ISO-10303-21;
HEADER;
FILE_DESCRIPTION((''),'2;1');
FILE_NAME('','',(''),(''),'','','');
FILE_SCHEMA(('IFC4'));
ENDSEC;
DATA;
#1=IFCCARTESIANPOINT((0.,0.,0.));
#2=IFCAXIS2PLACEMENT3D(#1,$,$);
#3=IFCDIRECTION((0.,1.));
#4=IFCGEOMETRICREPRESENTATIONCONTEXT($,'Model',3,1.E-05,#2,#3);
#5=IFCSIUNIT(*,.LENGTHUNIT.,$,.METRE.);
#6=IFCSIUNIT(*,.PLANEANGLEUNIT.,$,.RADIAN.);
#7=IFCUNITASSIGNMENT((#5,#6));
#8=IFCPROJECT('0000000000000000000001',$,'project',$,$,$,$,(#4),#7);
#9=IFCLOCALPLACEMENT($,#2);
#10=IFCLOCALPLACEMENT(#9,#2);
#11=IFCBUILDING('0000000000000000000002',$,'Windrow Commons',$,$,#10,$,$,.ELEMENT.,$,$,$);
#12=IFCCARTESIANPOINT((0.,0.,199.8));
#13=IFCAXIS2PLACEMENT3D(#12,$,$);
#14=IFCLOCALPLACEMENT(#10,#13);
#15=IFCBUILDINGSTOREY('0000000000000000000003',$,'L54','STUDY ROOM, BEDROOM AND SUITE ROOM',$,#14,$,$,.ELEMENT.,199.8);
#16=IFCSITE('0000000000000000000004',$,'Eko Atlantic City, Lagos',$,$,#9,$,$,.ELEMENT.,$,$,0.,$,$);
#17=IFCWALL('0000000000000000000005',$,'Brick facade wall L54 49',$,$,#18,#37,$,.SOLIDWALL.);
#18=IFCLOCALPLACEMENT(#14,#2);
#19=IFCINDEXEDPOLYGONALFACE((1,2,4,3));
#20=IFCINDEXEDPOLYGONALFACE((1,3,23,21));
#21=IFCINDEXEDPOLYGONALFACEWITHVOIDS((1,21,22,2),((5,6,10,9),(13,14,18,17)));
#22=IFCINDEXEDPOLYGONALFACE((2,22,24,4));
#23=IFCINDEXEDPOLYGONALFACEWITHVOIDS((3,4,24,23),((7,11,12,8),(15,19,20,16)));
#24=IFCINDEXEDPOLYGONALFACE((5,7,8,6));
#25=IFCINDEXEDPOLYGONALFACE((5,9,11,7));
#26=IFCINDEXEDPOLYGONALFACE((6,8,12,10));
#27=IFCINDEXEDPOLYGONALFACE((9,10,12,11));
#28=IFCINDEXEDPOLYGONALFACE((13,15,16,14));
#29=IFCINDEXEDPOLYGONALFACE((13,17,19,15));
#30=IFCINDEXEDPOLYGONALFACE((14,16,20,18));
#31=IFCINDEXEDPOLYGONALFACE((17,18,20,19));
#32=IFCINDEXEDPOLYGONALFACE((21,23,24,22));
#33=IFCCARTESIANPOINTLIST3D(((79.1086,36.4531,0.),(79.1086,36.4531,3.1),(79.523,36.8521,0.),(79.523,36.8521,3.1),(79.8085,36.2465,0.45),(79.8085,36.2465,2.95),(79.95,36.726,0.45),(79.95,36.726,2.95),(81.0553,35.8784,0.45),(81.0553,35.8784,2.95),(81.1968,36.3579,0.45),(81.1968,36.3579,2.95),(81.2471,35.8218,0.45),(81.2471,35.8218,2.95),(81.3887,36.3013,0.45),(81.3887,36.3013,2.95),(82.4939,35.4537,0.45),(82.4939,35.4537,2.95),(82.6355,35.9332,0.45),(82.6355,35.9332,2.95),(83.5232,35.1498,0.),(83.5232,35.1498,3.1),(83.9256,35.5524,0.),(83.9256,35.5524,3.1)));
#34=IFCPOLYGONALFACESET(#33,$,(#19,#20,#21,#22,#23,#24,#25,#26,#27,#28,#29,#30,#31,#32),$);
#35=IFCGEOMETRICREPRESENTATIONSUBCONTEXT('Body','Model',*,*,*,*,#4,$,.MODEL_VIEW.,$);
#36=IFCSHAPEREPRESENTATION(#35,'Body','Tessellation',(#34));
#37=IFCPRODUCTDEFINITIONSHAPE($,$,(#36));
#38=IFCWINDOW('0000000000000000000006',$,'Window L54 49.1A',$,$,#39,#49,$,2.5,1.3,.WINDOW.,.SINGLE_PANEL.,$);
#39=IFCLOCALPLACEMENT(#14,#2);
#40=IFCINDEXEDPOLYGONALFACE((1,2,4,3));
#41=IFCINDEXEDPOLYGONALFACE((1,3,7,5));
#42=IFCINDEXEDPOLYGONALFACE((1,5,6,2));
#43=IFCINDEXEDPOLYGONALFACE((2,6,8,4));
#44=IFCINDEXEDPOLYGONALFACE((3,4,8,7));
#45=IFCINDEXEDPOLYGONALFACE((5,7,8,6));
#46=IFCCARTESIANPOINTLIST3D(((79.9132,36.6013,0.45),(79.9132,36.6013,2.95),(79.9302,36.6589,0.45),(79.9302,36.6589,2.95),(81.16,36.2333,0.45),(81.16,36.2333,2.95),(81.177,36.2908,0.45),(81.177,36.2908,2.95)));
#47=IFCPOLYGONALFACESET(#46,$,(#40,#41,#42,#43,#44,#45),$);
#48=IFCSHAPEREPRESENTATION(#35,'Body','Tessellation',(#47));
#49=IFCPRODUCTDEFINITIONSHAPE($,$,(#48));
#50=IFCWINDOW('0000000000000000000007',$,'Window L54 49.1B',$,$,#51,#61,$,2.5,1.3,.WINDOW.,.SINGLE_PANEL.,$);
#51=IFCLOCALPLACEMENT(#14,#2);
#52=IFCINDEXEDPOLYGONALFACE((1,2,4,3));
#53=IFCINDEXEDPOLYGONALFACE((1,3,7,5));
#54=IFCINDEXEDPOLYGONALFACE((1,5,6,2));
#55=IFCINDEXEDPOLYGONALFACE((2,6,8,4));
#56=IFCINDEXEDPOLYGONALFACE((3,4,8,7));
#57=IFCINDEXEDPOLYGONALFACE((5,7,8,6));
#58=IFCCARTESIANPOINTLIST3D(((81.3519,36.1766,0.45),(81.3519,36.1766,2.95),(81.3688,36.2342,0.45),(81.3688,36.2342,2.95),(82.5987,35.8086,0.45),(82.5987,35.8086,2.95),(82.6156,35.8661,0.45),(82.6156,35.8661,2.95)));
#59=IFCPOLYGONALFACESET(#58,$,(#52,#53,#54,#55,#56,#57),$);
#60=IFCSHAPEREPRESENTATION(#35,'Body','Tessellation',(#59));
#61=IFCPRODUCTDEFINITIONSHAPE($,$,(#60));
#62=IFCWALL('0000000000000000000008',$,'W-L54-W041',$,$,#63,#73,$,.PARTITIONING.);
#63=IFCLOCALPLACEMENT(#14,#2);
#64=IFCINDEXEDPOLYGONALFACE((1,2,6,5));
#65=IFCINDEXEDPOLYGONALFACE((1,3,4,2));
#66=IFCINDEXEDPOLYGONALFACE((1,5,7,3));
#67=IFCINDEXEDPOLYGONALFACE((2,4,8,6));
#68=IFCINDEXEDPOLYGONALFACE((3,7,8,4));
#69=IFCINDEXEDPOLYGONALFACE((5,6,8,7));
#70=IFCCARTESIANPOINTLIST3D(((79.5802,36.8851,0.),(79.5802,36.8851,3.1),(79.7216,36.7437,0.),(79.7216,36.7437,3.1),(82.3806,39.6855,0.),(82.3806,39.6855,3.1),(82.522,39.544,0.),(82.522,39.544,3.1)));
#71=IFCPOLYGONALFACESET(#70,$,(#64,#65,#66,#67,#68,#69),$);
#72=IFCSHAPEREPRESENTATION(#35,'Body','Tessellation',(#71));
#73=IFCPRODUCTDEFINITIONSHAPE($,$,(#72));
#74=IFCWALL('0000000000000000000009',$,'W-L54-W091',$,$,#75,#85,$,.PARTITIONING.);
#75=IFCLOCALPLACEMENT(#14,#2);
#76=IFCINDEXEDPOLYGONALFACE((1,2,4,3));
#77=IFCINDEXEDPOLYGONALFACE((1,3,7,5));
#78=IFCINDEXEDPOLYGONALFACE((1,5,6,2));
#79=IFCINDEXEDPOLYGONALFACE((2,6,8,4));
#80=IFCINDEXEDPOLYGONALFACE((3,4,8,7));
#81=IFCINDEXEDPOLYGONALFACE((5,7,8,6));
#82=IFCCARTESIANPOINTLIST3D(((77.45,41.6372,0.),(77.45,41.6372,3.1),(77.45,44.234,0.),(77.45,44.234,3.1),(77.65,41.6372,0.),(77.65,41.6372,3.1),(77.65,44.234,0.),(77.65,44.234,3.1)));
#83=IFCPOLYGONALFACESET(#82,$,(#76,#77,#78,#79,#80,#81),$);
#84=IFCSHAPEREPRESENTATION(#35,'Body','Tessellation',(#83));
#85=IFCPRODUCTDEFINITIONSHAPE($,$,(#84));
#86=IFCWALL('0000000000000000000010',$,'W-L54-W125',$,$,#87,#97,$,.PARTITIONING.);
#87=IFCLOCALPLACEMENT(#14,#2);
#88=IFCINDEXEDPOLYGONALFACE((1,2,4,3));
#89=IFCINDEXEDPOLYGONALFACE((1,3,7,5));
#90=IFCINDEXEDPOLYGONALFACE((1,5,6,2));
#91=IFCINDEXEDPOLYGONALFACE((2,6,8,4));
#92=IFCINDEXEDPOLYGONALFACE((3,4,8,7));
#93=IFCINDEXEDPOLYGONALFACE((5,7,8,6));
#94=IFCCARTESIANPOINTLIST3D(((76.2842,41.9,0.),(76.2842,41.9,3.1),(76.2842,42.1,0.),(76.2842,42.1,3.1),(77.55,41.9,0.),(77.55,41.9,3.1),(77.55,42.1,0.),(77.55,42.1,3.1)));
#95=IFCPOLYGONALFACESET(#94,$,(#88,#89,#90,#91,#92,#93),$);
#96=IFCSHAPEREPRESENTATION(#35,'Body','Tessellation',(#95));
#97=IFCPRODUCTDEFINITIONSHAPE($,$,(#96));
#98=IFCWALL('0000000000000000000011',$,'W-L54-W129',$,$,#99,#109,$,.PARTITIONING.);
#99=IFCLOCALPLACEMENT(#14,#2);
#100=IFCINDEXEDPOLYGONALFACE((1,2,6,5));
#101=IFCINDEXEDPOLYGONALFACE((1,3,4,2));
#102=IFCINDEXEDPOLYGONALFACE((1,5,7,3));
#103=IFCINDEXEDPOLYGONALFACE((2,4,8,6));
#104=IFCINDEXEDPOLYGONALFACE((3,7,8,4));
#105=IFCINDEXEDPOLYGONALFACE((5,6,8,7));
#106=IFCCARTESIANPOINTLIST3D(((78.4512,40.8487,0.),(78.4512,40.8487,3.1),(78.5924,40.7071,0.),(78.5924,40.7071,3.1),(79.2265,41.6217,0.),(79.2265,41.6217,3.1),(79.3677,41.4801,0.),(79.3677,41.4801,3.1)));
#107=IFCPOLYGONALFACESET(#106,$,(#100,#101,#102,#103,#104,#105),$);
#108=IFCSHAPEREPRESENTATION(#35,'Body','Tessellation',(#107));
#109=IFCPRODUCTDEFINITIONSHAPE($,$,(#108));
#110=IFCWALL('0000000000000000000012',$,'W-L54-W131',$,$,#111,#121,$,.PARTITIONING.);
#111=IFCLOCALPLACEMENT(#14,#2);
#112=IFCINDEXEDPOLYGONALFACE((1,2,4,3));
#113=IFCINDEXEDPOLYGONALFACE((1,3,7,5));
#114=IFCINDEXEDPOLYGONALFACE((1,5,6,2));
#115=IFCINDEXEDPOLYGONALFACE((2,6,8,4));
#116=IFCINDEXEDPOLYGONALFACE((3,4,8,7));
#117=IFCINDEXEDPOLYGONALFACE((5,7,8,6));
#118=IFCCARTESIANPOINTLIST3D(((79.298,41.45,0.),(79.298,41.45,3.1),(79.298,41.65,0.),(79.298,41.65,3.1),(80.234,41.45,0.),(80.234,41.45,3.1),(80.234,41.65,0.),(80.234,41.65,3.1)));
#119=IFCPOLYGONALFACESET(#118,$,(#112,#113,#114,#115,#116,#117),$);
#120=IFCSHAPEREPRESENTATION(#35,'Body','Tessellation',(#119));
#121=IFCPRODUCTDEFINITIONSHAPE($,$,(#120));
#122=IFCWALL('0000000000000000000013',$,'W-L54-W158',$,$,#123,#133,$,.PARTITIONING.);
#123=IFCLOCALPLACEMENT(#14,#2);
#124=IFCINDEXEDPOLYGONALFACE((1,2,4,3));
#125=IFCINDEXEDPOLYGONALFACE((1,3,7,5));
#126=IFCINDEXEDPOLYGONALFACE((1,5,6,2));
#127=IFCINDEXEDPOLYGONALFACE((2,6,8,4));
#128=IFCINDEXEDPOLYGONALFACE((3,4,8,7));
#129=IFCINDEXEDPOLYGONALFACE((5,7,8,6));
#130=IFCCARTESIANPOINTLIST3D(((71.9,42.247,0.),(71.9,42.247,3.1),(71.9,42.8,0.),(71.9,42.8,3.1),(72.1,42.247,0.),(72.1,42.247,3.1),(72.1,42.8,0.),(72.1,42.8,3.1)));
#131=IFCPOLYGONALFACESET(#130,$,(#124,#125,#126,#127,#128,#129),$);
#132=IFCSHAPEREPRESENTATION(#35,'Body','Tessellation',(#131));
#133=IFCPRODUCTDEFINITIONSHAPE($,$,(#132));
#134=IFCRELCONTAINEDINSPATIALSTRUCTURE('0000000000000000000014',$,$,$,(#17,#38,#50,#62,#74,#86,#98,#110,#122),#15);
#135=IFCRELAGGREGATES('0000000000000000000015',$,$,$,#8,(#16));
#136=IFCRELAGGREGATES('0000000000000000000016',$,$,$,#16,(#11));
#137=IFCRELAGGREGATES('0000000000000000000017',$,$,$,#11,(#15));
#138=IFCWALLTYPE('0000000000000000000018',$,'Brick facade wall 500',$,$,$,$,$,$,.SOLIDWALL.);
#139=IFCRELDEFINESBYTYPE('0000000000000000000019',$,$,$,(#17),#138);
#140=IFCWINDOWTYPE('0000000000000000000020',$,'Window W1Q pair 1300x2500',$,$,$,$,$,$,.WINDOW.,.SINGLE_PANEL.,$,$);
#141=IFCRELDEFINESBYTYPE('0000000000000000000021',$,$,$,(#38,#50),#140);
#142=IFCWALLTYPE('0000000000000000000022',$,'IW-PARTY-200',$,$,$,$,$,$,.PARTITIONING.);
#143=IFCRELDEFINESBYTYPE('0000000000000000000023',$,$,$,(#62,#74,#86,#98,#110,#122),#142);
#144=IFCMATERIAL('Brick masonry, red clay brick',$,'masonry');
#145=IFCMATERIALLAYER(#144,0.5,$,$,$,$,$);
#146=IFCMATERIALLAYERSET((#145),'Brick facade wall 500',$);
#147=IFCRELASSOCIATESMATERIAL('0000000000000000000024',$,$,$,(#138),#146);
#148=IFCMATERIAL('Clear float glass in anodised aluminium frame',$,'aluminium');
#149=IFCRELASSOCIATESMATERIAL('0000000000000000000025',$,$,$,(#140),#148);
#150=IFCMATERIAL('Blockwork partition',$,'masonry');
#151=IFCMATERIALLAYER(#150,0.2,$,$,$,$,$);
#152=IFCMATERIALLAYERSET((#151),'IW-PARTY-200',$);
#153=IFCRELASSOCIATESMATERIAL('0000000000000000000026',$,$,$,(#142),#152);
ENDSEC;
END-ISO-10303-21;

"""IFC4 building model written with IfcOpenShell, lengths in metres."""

from ifc_helpers import new_model, si_unit, direction, frame, frame_2d, origin, place, context, subcontext, project, spatial, polyline, rectangle, outline, extrude, material, layer, layer_set, type_object, element, fill, save


model = new_model("IFC4")

# Units and contexts
model_context = context("Model", 3, precision=1e-05, world=origin(), true_north=direction((0.0, 1.0)))
body_context = subcontext(model_context, "Body", "Model", "MODEL_VIEW")
ifc_project = project(units=[si_unit("LENGTHUNIT", "METRE"), si_unit("PLANEANGLEUNIT", "RADIAN")], contexts=[model_context])

# Site, building, storey
site_placement = place(None, origin())
site = spatial("IfcSite", under=ifc_project, at=site_placement, Name="Eko Atlantic City, Lagos", CompositionType="ELEMENT", RefElevation=0.0)
building_placement = place(site_placement, origin())
building = spatial("IfcBuilding", under=site, at=building_placement, Name="Windrow Commons", CompositionType="ELEMENT")
storey_placement = place(building_placement, frame((0.0, 0.0, 199.8)))
storey = spatial("IfcBuildingStorey", under=building, at=storey_placement, Name="L54", Description="STUDY ROOM, BEDROOM AND SUITE ROOM", CompositionType="ELEMENT", Elevation=199.8)

# Shared definitions
ifc_material_1 = material(Name="Brick masonry, red clay brick", Category="masonry")
ifc_layer_1 = layer(ifc_material_1, 0.5)
ifc_layer_set_1 = layer_set([ifc_layer_1], Name="Brick facade wall 500")
wall_type_1 = type_object("IfcWallType", Name="Brick facade wall 500", PredefinedType="SOLIDWALL", material=ifc_layer_set_1)

# Wall, openings, windows
wall_1_placement = place(storey_placement, frame((79.3158, 36.6526, 0.0), z_axis=(0.0, 0.0, 1.0), x_axis=(0.959079, -0.283138, 0.0)))
wall_1 = element("IfcWall", 1, at=wall_1_placement, inside=storey, type_object=wall_type_1, Name="Brick facade wall L54 49", PredefinedType="SOLIDWALL", context=body_context, shape_type="SweptSolid", body=[
    extrude(outline(polyline([(-0.1422, -0.25), (4.4607, -0.25), (4.7327, 0.25), (0.1422, 0.25), (-0.1422, -0.25)])), origin(), (0.0, 0.0, 1.0), 3.1),
])
opening_1_placement = place(wall_1_placement, frame((0.5875, 0.0, 0.45)))
opening_1 = element("IfcOpeningElement", 2, at=opening_1_placement, cuts=wall_1, PredefinedType="OPENING", context=body_context, shape_type="SweptSolid", body=[
    extrude(rectangle(XDim=1.3, YDim=2.5, at=frame_2d((0.65, 1.25))), frame((0.0, 0.26, 0.0), z_axis=(0.0, -1.0, 0.0), x_axis=(1.0, 0.0, 0.0)), (0.0, 0.0, 1.0), 0.52),
])
opening_2_placement = place(wall_1_placement, frame((2.0875, 0.0, 0.45)))
opening_2 = element("IfcOpeningElement", 3, at=opening_2_placement, cuts=wall_1, PredefinedType="OPENING", context=body_context, shape_type="SweptSolid", body=[
    extrude(rectangle(XDim=1.3, YDim=2.5, at=frame_2d((0.65, 1.25))), frame((0.0, 0.26, 0.0), z_axis=(0.0, -1.0, 0.0), x_axis=(1.0, 0.0, 0.0)), (0.0, 0.0, 1.0), 0.52),
])
ifc_material_2 = material(Name="Clear float glass in anodised aluminium frame", Category="aluminium")
window_type_1 = type_object("IfcWindowType", Name="Window W1Q pair 1300x2500", PartitioningType="SINGLE_PANEL", PredefinedType="WINDOW", material=ifc_material_2)
window_1_placement = place(opening_1_placement, origin())
window_1 = element("IfcWindow", 4, at=window_1_placement, inside=storey, type_object=window_type_1, Name="Window L54 49.1A", OverallHeight=2.5, OverallWidth=1.3, PartitioningType="SINGLE_PANEL", PredefinedType="WINDOW", context=body_context, shape_type="SweptSolid", body=[
    extrude(rectangle(XDim=1.3, YDim=2.5, at=frame_2d((0.65, 1.25))), frame((0.0, 0.18, 0.0), z_axis=(0.0, -1.0, 0.0), x_axis=(1.0, 0.0, 0.0)), (0.0, 0.0, 1.0), 0.06),
])
fill(opening_1, window_1)
window_2_placement = place(opening_2_placement, origin())
window_2 = element("IfcWindow", 5, at=window_2_placement, inside=storey, type_object=window_type_1, Name="Window L54 49.1B", OverallHeight=2.5, OverallWidth=1.3, PartitioningType="SINGLE_PANEL", PredefinedType="WINDOW", context=body_context, shape_type="SweptSolid", body=[
    extrude(rectangle(XDim=1.3, YDim=2.5, at=frame_2d((0.65, 1.25))), frame((0.0, 0.18, 0.0), z_axis=(0.0, -1.0, 0.0), x_axis=(1.0, 0.0, 0.0)), (0.0, 0.0, 1.0), 0.06),
])
fill(opening_2, window_2)

# Walls
ifc_material_3 = material(Name="Blockwork partition", Category="masonry")
ifc_layer_2 = layer(ifc_material_3, 0.2)
ifc_layer_set_2 = layer_set([ifc_layer_2], Name="IW-PARTY-200")
wall_type_2 = type_object("IfcWallType", Name="IW-PARTY-200", PredefinedType="PARTITIONING", material=ifc_layer_set_2)
wall_2_placement = place(storey_placement, frame((79.6509, 36.8144, 0.0), z_axis=(0.0, 0.0, 1.0), x_axis=(0.707119, 0.707094, 0.0)))
element("IfcWall", 6, at=wall_2_placement, inside=storey, type_object=wall_type_2, Name="W-L54-W041", PredefinedType="PARTITIONING", context=body_context, shape_type="SweptSolid", body=[
    extrude(rectangle(XDim=3.9603, YDim=0.2, at=frame_2d((1.9802, 0.0))), origin(), (0.0, 0.0, 1.0), 3.1),
])
wall_3_placement = place(storey_placement, frame((77.55, 41.6371, 0.0), z_axis=(0.0, 0.0, 1.0), x_axis=(0.0, 1.0, 0.0)))
element("IfcWall", 7, at=wall_3_placement, inside=storey, type_object=wall_type_2, Name="W-L54-W091", PredefinedType="PARTITIONING", context=body_context, shape_type="SweptSolid", body=[
    extrude(rectangle(XDim=2.5969, YDim=0.2, at=frame_2d((1.2985, 0.0))), origin(), (0.0, 0.0, 1.0), 3.1),
])
wall_4_placement = place(storey_placement, frame((76.2842, 42.0, 0.0), z_axis=(0.0, 0.0, 1.0), x_axis=(1.0, 0.0, 0.0)))
element("IfcWall", 8, at=wall_4_placement, inside=storey, type_object=wall_type_2, Name="W-L54-W125", PredefinedType="PARTITIONING", context=body_context, shape_type="SweptSolid", body=[
    extrude(rectangle(XDim=1.2658, YDim=0.2, at=frame_2d((0.6329, 0.0))), origin(), (0.0, 0.0, 1.0), 3.1),
])
wall_5_placement = place(storey_placement, frame((78.5218, 40.7779, 0.0), z_axis=(0.0, 0.0, 1.0), x_axis=(0.708156, 0.706056, 0.0)))
element("IfcWall", 9, at=wall_5_placement, inside=storey, type_object=wall_type_2, Name="W-L54-W129", PredefinedType="PARTITIONING", context=body_context, shape_type="SweptSolid", body=[
    extrude(rectangle(XDim=1.0948, YDim=0.2, at=frame_2d((0.5474, 0.0))), origin(), (0.0, 0.0, 1.0), 3.1),
])
wall_6_placement = place(storey_placement, frame((79.298, 41.55, 0.0), z_axis=(0.0, 0.0, 1.0), x_axis=(1.0, 0.0, 0.0)))
element("IfcWall", 10, at=wall_6_placement, inside=storey, type_object=wall_type_2, Name="W-L54-W131", PredefinedType="PARTITIONING", context=body_context, shape_type="SweptSolid", body=[
    extrude(rectangle(XDim=0.936, YDim=0.2, at=frame_2d((0.468, 0.0))), origin(), (0.0, 0.0, 1.0), 3.1),
])
wall_7_placement = place(storey_placement, frame((72.0, 42.2469, 0.0), z_axis=(0.0, 0.0, 1.0), x_axis=(0.0, 1.0, 0.0)))
element("IfcWall", 11, at=wall_7_placement, inside=storey, type_object=wall_type_2, Name="W-L54-W158", PredefinedType="PARTITIONING", context=body_context, shape_type="SweptSolid", body=[
    extrude(rectangle(XDim=0.5531, YDim=0.2, at=frame_2d((0.2766, 0.0))), origin(), (0.0, 0.0, 1.0), 3.1),
])

save(model, "model.ifc")
